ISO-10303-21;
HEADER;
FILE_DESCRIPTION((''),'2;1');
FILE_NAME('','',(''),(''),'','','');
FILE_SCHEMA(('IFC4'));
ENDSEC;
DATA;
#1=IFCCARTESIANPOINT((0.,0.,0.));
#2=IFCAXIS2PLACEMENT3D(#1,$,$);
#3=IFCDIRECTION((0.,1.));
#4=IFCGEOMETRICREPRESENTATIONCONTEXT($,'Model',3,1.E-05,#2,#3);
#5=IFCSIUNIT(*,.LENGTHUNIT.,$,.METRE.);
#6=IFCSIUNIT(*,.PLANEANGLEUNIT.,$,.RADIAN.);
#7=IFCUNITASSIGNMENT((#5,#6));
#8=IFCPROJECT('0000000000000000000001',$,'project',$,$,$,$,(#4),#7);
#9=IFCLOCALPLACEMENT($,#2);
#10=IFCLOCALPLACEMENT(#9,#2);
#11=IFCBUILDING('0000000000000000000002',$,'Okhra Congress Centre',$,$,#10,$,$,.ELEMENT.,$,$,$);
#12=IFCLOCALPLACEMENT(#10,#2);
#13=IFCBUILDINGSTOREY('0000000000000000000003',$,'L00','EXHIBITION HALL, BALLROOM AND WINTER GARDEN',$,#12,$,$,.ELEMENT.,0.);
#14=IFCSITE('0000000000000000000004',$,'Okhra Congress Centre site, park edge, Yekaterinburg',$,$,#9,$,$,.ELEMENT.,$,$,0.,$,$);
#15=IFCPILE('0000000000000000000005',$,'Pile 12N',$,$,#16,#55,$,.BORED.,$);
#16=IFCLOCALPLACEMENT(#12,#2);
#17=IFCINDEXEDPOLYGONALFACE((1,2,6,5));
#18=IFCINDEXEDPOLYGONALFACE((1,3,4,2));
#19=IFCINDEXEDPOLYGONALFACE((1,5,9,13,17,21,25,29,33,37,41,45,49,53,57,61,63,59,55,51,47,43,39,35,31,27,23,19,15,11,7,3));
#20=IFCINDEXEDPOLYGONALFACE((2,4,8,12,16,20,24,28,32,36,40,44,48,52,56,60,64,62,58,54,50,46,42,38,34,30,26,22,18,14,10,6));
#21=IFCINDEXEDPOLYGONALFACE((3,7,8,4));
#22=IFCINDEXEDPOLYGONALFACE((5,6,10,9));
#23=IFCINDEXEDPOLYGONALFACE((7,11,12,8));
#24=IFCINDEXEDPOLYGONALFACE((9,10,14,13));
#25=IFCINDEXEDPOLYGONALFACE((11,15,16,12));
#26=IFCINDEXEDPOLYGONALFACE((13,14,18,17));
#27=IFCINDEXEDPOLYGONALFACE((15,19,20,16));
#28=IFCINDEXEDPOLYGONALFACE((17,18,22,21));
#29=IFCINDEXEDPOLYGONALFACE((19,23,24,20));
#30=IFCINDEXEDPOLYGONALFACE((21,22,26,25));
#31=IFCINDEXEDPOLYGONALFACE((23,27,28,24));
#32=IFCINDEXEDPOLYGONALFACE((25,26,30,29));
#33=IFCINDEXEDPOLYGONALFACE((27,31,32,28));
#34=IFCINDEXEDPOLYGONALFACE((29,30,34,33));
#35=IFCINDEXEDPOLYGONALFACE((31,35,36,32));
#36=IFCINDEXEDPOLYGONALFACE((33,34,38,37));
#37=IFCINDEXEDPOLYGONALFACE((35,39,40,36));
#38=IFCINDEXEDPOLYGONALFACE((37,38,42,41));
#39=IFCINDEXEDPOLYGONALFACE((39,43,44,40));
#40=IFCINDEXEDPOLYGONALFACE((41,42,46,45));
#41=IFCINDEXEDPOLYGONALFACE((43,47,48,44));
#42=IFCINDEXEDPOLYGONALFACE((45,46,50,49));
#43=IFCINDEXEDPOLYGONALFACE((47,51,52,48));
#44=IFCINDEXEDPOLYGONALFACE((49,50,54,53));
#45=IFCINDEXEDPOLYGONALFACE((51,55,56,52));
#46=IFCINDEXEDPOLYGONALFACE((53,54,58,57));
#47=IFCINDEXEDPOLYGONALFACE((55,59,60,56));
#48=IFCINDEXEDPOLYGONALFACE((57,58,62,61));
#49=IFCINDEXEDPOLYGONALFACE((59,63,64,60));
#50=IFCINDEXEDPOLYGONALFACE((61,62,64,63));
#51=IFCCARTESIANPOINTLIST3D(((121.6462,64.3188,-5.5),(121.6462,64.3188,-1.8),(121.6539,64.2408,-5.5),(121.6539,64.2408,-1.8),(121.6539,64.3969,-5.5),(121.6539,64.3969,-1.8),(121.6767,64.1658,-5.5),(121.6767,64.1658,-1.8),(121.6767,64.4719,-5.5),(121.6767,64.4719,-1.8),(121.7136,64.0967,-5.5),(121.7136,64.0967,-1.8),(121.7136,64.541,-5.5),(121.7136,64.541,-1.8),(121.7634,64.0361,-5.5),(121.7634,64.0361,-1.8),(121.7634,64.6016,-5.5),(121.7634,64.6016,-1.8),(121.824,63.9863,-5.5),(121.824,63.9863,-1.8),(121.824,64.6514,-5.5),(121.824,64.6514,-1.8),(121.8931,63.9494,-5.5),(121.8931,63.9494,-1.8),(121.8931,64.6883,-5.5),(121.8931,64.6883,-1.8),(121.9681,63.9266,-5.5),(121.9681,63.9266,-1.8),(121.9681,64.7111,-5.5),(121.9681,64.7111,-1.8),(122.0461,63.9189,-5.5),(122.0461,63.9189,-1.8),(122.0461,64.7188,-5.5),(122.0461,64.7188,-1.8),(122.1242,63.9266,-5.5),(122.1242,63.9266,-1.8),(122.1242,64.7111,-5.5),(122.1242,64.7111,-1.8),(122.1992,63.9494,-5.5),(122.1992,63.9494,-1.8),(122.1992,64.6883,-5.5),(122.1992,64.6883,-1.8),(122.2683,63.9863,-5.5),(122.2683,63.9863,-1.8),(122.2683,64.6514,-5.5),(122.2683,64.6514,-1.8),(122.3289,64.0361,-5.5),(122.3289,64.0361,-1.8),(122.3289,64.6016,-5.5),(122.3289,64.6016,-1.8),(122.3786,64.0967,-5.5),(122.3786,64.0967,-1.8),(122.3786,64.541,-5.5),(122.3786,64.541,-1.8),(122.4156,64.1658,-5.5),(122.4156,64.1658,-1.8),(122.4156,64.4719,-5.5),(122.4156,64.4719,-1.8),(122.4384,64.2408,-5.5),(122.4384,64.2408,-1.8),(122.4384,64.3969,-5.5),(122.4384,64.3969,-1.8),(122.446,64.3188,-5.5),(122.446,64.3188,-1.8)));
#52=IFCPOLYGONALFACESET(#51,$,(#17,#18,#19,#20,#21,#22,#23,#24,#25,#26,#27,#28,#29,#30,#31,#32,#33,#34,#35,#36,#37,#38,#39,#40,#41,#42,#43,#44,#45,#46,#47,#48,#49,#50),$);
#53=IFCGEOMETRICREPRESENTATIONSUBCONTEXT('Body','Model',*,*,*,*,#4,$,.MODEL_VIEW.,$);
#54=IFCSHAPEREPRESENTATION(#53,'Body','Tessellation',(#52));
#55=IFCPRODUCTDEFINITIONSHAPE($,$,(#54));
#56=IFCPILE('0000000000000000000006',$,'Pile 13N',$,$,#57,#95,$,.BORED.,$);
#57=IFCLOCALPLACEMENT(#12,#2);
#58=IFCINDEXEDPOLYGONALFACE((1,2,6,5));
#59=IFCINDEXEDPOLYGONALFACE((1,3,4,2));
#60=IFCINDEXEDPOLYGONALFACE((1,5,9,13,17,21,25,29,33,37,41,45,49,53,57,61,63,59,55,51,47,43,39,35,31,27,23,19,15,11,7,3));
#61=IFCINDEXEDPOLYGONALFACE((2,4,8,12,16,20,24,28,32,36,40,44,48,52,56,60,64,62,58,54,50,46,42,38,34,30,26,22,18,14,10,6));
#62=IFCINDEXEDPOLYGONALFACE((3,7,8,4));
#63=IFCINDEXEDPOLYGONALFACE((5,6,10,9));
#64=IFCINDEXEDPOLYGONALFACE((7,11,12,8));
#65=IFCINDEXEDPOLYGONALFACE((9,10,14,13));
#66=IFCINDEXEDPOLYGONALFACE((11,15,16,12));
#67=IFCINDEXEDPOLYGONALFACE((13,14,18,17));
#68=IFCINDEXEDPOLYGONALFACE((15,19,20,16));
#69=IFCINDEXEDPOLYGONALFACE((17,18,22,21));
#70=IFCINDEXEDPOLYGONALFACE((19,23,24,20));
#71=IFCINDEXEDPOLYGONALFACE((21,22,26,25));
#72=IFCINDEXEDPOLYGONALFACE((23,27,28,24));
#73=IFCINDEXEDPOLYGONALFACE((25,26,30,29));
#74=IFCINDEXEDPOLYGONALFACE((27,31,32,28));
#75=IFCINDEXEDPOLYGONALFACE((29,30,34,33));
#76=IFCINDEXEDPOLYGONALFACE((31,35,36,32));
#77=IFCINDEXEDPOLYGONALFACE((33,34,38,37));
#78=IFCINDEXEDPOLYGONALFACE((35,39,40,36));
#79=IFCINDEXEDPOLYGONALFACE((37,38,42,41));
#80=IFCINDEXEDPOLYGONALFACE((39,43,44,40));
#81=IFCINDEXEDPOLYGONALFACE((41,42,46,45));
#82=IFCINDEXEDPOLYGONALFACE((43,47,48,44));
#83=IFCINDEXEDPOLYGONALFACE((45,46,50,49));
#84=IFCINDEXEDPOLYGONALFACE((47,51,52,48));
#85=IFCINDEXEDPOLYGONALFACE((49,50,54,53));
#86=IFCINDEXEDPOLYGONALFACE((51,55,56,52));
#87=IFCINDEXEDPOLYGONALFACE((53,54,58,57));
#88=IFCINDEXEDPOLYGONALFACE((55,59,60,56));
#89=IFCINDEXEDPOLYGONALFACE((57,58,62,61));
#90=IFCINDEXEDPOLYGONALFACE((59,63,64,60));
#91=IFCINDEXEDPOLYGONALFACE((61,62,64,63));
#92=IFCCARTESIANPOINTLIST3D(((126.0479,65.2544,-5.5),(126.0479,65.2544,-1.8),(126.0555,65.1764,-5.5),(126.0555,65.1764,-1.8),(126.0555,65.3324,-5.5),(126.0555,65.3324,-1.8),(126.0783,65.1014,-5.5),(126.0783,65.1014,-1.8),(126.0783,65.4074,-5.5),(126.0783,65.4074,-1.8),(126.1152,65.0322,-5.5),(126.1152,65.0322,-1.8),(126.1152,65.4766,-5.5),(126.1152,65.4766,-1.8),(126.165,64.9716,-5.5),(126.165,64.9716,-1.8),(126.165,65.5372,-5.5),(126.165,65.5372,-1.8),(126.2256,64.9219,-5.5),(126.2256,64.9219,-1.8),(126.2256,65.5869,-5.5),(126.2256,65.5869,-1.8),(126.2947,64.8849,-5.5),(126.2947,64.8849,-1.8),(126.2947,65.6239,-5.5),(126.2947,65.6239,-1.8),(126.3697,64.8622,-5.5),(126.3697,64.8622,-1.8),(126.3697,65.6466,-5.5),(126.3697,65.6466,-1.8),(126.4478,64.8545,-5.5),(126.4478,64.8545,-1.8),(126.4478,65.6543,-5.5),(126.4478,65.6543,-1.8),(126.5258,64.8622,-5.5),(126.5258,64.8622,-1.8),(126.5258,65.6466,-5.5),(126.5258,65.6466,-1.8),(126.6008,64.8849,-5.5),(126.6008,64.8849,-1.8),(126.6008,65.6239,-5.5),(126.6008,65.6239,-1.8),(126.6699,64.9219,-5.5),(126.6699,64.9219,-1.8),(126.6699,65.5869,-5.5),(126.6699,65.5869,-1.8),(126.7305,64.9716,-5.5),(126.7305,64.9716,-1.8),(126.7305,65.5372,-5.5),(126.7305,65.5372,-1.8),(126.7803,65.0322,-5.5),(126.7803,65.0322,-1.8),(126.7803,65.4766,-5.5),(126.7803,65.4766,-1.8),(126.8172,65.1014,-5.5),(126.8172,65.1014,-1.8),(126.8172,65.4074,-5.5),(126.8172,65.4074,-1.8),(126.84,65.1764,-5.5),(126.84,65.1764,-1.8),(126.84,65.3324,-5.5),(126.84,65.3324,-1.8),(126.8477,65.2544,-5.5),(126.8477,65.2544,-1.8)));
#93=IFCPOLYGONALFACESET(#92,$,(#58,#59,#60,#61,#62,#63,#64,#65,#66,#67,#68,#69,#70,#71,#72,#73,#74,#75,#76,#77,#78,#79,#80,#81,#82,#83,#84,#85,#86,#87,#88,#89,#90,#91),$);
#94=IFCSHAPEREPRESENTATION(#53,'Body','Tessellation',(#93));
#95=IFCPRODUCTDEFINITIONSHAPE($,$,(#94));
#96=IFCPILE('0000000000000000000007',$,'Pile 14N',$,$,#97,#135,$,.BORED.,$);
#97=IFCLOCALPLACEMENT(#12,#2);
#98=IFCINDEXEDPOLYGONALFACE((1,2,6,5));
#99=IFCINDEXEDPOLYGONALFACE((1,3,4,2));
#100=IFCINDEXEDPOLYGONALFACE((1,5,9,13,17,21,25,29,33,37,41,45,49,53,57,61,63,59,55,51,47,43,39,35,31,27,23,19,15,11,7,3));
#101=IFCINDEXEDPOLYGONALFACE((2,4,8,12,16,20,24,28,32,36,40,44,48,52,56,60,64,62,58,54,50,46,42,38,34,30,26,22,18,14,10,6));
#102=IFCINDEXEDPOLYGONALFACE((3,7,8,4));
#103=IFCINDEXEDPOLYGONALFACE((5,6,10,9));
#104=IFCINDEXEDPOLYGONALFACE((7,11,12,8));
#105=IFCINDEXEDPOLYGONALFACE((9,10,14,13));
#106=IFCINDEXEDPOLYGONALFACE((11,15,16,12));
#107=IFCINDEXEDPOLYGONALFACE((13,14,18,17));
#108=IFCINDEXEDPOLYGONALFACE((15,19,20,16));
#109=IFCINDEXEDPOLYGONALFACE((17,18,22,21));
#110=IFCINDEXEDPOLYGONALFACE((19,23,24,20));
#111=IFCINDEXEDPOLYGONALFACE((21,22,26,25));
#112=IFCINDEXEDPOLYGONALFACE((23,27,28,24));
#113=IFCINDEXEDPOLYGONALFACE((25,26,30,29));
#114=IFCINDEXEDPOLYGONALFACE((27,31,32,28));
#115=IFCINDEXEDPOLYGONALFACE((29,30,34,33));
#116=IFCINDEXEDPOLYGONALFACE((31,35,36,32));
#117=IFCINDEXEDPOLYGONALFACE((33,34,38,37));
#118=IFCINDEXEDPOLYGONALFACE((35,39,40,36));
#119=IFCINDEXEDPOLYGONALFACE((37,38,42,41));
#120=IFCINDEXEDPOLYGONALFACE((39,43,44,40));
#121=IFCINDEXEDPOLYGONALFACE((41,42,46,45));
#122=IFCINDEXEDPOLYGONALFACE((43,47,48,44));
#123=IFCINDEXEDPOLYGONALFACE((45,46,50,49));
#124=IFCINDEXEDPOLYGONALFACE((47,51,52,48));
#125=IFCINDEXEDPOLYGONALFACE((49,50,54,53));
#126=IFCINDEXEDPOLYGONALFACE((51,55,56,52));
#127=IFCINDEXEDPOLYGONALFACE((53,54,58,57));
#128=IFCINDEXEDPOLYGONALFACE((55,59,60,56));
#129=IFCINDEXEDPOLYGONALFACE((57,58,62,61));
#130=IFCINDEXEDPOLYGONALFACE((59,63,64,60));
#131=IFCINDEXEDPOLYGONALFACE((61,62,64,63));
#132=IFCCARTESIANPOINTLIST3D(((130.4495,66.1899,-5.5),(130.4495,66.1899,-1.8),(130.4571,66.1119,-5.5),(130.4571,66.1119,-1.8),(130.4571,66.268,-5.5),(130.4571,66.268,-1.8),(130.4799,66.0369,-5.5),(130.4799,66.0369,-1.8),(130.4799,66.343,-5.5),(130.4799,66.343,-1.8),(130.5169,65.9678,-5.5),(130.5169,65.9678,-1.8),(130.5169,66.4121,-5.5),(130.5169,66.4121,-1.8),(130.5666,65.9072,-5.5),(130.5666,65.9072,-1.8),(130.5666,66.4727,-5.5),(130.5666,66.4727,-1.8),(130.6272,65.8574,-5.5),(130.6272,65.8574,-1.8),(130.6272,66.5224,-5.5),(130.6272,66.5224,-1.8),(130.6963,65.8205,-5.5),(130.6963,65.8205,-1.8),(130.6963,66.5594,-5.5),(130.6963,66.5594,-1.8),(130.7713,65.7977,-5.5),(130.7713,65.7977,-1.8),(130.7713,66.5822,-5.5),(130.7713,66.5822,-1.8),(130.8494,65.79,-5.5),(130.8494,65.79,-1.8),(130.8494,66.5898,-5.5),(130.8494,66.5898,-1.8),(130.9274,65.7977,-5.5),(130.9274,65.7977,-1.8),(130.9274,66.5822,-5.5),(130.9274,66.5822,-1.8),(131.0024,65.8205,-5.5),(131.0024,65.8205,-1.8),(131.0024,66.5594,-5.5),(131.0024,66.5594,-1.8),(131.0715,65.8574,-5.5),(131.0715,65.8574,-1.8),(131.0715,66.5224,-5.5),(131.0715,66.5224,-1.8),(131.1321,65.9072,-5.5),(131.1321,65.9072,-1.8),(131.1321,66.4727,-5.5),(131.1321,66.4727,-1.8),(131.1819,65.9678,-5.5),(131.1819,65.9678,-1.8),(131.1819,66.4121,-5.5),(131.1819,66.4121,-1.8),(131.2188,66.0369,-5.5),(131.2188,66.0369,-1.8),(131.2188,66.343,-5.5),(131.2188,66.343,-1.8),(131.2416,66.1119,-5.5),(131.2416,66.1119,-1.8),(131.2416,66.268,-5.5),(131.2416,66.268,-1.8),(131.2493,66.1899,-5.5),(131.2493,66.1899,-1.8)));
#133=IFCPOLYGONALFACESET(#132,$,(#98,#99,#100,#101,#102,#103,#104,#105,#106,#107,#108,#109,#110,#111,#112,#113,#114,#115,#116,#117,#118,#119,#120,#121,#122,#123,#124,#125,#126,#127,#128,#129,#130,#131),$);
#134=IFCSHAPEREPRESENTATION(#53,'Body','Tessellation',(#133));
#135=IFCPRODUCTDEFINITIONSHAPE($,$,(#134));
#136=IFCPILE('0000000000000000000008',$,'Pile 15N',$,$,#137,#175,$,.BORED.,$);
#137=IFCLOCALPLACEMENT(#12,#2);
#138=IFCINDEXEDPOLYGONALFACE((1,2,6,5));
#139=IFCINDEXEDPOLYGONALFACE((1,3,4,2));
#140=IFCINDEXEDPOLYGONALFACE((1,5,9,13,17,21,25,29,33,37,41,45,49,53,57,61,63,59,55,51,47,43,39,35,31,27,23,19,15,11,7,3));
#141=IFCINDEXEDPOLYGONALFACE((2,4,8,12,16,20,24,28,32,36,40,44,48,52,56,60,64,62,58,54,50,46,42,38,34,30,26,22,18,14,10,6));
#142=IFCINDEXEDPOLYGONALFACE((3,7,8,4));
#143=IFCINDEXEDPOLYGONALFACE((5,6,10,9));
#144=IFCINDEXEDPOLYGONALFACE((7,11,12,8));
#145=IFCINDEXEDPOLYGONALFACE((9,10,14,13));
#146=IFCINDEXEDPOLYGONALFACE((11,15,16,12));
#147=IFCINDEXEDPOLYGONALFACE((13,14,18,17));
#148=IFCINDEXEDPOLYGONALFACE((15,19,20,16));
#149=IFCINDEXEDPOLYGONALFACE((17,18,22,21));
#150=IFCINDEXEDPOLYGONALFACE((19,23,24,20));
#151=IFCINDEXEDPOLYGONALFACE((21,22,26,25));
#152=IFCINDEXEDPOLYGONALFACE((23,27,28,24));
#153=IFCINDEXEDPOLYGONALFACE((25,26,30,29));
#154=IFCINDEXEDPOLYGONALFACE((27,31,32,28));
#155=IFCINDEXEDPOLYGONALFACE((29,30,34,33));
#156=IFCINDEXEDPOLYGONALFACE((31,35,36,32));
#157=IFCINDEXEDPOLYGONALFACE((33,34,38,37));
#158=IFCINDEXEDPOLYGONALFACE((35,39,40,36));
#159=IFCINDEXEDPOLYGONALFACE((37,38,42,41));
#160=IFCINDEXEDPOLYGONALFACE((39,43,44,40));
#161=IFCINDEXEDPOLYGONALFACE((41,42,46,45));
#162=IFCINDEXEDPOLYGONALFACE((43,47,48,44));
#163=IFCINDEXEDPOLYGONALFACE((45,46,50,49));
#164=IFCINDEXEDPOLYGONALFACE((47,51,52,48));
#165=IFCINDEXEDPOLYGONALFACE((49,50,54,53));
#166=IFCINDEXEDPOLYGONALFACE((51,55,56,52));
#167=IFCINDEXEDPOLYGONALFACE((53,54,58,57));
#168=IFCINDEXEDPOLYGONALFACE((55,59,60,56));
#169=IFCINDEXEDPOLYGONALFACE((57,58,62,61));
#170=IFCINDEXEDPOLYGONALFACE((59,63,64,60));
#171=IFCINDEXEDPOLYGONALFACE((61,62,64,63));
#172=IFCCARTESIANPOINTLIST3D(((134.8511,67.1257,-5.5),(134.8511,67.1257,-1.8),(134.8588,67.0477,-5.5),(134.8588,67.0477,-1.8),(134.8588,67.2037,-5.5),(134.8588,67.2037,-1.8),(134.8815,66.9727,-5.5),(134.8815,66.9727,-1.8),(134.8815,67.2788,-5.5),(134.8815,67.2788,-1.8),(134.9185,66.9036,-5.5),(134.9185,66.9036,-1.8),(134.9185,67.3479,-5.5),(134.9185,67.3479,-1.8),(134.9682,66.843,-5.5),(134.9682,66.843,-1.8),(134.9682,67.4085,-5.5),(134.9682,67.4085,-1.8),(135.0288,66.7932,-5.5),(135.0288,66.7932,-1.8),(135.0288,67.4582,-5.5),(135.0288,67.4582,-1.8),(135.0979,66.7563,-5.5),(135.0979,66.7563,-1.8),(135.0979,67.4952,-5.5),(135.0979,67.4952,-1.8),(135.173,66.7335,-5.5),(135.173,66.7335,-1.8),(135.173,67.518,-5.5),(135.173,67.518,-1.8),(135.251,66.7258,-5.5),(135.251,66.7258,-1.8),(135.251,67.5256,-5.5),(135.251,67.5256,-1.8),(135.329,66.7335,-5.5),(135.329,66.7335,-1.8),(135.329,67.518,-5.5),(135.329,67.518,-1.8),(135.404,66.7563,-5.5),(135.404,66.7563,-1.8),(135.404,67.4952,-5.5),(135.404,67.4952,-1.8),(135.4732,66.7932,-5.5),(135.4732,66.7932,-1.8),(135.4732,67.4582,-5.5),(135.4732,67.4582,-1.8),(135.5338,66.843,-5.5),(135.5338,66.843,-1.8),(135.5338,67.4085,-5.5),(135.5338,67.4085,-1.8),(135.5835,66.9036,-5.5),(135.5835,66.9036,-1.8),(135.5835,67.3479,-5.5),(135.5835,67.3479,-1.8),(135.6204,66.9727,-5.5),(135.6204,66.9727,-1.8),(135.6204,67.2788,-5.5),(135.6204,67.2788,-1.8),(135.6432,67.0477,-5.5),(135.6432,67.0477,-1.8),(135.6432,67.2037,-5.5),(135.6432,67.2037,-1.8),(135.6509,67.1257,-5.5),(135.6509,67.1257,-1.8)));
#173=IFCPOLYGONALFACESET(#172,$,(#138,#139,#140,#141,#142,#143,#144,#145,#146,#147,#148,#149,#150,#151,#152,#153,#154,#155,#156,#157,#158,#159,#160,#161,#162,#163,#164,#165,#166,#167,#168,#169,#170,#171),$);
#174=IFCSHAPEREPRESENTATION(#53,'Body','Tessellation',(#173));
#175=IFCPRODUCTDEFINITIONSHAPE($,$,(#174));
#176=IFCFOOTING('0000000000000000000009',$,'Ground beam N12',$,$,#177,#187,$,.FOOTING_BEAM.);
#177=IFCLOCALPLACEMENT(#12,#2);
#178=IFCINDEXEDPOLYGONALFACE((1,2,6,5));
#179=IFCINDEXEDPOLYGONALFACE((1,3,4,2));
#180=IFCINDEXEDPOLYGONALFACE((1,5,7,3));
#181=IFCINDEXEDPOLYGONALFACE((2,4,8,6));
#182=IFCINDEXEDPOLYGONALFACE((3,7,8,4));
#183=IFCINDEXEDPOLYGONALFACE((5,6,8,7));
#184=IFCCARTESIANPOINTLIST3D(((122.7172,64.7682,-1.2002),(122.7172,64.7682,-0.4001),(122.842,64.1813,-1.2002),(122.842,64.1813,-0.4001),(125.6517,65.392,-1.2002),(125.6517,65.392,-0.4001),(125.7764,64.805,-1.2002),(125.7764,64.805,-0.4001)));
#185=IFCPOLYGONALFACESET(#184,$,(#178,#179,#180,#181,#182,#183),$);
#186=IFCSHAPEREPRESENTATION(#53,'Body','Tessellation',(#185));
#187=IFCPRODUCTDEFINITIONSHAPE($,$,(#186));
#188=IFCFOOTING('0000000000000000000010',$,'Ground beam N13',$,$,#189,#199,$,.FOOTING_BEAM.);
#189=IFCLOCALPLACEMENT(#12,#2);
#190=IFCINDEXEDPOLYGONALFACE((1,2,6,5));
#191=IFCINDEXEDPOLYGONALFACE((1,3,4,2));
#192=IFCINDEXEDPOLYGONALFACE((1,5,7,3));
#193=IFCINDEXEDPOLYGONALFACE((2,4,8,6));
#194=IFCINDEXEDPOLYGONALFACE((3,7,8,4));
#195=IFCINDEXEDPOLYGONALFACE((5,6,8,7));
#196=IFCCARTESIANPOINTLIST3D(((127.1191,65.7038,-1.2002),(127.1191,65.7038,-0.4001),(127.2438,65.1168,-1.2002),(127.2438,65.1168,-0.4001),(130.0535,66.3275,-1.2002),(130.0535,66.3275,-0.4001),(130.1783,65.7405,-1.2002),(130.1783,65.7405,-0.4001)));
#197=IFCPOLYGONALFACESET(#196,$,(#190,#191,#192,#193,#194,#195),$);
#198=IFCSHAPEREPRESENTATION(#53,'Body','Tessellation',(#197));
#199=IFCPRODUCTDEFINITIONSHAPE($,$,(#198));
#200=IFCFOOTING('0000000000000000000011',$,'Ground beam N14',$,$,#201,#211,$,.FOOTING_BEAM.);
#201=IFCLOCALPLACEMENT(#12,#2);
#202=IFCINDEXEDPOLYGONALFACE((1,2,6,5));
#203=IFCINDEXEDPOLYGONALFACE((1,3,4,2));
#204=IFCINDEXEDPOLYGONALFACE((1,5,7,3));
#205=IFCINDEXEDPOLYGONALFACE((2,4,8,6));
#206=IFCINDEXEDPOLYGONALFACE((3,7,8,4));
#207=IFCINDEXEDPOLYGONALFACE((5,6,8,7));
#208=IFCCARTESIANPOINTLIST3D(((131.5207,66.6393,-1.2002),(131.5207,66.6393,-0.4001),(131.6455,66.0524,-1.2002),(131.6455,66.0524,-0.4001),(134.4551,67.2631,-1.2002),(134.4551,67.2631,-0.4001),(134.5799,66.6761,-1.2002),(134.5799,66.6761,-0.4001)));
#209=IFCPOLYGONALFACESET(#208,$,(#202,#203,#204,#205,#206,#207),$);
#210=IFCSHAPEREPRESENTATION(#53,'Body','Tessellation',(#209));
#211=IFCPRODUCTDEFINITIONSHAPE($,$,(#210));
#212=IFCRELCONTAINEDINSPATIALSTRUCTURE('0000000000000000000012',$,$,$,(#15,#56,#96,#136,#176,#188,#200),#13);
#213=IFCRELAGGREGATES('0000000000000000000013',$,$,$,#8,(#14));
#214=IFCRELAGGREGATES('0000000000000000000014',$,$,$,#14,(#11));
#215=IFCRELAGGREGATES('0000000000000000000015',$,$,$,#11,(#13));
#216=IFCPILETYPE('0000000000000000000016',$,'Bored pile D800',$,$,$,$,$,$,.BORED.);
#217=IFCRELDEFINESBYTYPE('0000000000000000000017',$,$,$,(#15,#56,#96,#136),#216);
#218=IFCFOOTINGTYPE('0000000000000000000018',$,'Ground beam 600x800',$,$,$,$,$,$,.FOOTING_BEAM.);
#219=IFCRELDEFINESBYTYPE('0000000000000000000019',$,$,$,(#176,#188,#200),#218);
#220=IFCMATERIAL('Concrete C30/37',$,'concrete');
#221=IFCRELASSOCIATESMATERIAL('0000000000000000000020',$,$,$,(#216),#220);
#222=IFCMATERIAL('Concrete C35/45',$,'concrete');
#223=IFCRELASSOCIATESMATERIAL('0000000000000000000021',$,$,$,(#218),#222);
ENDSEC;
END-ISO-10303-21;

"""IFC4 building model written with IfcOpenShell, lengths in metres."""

from ifc_helpers import new_model, si_unit, direction, frame, origin, origin_2d, place, context, subcontext, project, spatial, rectangle, circle, extrude, material, material_profile, profile_set, type_object, element, save


model = new_model("IFC4")

# Units and contexts
model_context = context("Model", 3, precision=1e-05, world=origin(), true_north=direction((0.0, 1.0)))
body_context = subcontext(model_context, "Body", "Model", "MODEL_VIEW")
ifc_project = project(units=[si_unit("LENGTHUNIT", "METRE"), si_unit("PLANEANGLEUNIT", "RADIAN")], contexts=[model_context])

# Site, building, storey
site_placement = place(None, origin())
site = spatial("IfcSite", under=ifc_project, at=site_placement, Name="Okhra Congress Centre site, park edge, Yekaterinburg", CompositionType="ELEMENT", RefElevation=0.0)
building_placement = place(site_placement, origin())
building = spatial("IfcBuilding", under=site, at=building_placement, Name="Okhra Congress Centre", CompositionType="ELEMENT")
storey_placement = place(building_placement, origin())
storey = spatial("IfcBuildingStorey", under=building, at=storey_placement, Name="L00", Description="EXHIBITION HALL, BALLROOM AND WINTER GARDEN", CompositionType="ELEMENT", Elevation=0.0)

# Piles
ifc_material_1 = material(Name="Concrete C30/37", Category="concrete")
ifc_material_profile_1 = material_profile(ifc_material_1, circle(Radius=0.3999, at=origin_2d()), Name="D800")
ifc_profile_set_1 = profile_set([ifc_material_profile_1], Name="Concrete C30/37")
pile_type = type_object("IfcPileType", Name="Bored pile D800", PredefinedType="BORED", material=ifc_profile_set_1)
for number, where, z_axis, x_axis, name in (
    (1, (122.0461, 64.3188, -1.8), (0.0, 0.0, -1.0), (1.0, 0.0, 0.0), "Pile 12N"),
    (2, (126.4478, 65.2544, -1.8), (0.0, 0.0, -1.0), (1.0, 0.0, 0.0), "Pile 13N"),
    (3, (130.8494, 66.1899, -1.8), (0.0, 0.0, -1.0), (1.0, 0.0, 0.0), "Pile 14N"),
    (4, (135.251, 67.1257, -1.8), (0.0, 0.0, -1.0), (1.0, 0.0, 0.0), "Pile 15N"),
):
    element("IfcPile", number, at=place(storey_placement, frame(where, z_axis=z_axis, x_axis=x_axis)), inside=storey, type_object=pile_type, Name=name, PredefinedType="BORED", context=body_context, shape_type="SweptSolid", body=[
        extrude(circle(Radius=0.3999, at=origin_2d()), origin(), (0.0, 0.0, 1.0), 3.7),
    ])

# Footings
ifc_material_2 = material(Name="Concrete C35/45", Category="concrete")
footing_type_1 = type_object("IfcFootingType", Name="Ground beam 600x800", PredefinedType="FOOTING_BEAM", material=ifc_material_2)
for number, where, z_axis, x_axis, name in (
    (5, (124.2468, 64.7866, -1.2002), (0.0, 0.0, 1.0), (0.978148, 0.207912, 0.0), "Ground beam N12"),
    (6, (128.6487, 65.7222, -1.2002), (0.0, 0.0, 1.0), (0.978148, 0.207912, 0.0), "Ground beam N13"),
    (7, (133.0503, 66.6577, -1.2002), (0.0, 0.0, 1.0), (0.978148, 0.207912, 0.0), "Ground beam N14"),
):
    element("IfcFooting", number, at=place(storey_placement, frame(where, z_axis=z_axis, x_axis=x_axis)), inside=storey, type_object=footing_type_1, Name=name, PredefinedType="FOOTING_BEAM", context=body_context, shape_type="SweptSolid", body=[
        extrude(rectangle(XDim=3.0, YDim=0.6001, at=origin_2d()), origin(), (0.0, 0.0, 1.0), 0.8),
    ])

save(model, "model.ifc")
